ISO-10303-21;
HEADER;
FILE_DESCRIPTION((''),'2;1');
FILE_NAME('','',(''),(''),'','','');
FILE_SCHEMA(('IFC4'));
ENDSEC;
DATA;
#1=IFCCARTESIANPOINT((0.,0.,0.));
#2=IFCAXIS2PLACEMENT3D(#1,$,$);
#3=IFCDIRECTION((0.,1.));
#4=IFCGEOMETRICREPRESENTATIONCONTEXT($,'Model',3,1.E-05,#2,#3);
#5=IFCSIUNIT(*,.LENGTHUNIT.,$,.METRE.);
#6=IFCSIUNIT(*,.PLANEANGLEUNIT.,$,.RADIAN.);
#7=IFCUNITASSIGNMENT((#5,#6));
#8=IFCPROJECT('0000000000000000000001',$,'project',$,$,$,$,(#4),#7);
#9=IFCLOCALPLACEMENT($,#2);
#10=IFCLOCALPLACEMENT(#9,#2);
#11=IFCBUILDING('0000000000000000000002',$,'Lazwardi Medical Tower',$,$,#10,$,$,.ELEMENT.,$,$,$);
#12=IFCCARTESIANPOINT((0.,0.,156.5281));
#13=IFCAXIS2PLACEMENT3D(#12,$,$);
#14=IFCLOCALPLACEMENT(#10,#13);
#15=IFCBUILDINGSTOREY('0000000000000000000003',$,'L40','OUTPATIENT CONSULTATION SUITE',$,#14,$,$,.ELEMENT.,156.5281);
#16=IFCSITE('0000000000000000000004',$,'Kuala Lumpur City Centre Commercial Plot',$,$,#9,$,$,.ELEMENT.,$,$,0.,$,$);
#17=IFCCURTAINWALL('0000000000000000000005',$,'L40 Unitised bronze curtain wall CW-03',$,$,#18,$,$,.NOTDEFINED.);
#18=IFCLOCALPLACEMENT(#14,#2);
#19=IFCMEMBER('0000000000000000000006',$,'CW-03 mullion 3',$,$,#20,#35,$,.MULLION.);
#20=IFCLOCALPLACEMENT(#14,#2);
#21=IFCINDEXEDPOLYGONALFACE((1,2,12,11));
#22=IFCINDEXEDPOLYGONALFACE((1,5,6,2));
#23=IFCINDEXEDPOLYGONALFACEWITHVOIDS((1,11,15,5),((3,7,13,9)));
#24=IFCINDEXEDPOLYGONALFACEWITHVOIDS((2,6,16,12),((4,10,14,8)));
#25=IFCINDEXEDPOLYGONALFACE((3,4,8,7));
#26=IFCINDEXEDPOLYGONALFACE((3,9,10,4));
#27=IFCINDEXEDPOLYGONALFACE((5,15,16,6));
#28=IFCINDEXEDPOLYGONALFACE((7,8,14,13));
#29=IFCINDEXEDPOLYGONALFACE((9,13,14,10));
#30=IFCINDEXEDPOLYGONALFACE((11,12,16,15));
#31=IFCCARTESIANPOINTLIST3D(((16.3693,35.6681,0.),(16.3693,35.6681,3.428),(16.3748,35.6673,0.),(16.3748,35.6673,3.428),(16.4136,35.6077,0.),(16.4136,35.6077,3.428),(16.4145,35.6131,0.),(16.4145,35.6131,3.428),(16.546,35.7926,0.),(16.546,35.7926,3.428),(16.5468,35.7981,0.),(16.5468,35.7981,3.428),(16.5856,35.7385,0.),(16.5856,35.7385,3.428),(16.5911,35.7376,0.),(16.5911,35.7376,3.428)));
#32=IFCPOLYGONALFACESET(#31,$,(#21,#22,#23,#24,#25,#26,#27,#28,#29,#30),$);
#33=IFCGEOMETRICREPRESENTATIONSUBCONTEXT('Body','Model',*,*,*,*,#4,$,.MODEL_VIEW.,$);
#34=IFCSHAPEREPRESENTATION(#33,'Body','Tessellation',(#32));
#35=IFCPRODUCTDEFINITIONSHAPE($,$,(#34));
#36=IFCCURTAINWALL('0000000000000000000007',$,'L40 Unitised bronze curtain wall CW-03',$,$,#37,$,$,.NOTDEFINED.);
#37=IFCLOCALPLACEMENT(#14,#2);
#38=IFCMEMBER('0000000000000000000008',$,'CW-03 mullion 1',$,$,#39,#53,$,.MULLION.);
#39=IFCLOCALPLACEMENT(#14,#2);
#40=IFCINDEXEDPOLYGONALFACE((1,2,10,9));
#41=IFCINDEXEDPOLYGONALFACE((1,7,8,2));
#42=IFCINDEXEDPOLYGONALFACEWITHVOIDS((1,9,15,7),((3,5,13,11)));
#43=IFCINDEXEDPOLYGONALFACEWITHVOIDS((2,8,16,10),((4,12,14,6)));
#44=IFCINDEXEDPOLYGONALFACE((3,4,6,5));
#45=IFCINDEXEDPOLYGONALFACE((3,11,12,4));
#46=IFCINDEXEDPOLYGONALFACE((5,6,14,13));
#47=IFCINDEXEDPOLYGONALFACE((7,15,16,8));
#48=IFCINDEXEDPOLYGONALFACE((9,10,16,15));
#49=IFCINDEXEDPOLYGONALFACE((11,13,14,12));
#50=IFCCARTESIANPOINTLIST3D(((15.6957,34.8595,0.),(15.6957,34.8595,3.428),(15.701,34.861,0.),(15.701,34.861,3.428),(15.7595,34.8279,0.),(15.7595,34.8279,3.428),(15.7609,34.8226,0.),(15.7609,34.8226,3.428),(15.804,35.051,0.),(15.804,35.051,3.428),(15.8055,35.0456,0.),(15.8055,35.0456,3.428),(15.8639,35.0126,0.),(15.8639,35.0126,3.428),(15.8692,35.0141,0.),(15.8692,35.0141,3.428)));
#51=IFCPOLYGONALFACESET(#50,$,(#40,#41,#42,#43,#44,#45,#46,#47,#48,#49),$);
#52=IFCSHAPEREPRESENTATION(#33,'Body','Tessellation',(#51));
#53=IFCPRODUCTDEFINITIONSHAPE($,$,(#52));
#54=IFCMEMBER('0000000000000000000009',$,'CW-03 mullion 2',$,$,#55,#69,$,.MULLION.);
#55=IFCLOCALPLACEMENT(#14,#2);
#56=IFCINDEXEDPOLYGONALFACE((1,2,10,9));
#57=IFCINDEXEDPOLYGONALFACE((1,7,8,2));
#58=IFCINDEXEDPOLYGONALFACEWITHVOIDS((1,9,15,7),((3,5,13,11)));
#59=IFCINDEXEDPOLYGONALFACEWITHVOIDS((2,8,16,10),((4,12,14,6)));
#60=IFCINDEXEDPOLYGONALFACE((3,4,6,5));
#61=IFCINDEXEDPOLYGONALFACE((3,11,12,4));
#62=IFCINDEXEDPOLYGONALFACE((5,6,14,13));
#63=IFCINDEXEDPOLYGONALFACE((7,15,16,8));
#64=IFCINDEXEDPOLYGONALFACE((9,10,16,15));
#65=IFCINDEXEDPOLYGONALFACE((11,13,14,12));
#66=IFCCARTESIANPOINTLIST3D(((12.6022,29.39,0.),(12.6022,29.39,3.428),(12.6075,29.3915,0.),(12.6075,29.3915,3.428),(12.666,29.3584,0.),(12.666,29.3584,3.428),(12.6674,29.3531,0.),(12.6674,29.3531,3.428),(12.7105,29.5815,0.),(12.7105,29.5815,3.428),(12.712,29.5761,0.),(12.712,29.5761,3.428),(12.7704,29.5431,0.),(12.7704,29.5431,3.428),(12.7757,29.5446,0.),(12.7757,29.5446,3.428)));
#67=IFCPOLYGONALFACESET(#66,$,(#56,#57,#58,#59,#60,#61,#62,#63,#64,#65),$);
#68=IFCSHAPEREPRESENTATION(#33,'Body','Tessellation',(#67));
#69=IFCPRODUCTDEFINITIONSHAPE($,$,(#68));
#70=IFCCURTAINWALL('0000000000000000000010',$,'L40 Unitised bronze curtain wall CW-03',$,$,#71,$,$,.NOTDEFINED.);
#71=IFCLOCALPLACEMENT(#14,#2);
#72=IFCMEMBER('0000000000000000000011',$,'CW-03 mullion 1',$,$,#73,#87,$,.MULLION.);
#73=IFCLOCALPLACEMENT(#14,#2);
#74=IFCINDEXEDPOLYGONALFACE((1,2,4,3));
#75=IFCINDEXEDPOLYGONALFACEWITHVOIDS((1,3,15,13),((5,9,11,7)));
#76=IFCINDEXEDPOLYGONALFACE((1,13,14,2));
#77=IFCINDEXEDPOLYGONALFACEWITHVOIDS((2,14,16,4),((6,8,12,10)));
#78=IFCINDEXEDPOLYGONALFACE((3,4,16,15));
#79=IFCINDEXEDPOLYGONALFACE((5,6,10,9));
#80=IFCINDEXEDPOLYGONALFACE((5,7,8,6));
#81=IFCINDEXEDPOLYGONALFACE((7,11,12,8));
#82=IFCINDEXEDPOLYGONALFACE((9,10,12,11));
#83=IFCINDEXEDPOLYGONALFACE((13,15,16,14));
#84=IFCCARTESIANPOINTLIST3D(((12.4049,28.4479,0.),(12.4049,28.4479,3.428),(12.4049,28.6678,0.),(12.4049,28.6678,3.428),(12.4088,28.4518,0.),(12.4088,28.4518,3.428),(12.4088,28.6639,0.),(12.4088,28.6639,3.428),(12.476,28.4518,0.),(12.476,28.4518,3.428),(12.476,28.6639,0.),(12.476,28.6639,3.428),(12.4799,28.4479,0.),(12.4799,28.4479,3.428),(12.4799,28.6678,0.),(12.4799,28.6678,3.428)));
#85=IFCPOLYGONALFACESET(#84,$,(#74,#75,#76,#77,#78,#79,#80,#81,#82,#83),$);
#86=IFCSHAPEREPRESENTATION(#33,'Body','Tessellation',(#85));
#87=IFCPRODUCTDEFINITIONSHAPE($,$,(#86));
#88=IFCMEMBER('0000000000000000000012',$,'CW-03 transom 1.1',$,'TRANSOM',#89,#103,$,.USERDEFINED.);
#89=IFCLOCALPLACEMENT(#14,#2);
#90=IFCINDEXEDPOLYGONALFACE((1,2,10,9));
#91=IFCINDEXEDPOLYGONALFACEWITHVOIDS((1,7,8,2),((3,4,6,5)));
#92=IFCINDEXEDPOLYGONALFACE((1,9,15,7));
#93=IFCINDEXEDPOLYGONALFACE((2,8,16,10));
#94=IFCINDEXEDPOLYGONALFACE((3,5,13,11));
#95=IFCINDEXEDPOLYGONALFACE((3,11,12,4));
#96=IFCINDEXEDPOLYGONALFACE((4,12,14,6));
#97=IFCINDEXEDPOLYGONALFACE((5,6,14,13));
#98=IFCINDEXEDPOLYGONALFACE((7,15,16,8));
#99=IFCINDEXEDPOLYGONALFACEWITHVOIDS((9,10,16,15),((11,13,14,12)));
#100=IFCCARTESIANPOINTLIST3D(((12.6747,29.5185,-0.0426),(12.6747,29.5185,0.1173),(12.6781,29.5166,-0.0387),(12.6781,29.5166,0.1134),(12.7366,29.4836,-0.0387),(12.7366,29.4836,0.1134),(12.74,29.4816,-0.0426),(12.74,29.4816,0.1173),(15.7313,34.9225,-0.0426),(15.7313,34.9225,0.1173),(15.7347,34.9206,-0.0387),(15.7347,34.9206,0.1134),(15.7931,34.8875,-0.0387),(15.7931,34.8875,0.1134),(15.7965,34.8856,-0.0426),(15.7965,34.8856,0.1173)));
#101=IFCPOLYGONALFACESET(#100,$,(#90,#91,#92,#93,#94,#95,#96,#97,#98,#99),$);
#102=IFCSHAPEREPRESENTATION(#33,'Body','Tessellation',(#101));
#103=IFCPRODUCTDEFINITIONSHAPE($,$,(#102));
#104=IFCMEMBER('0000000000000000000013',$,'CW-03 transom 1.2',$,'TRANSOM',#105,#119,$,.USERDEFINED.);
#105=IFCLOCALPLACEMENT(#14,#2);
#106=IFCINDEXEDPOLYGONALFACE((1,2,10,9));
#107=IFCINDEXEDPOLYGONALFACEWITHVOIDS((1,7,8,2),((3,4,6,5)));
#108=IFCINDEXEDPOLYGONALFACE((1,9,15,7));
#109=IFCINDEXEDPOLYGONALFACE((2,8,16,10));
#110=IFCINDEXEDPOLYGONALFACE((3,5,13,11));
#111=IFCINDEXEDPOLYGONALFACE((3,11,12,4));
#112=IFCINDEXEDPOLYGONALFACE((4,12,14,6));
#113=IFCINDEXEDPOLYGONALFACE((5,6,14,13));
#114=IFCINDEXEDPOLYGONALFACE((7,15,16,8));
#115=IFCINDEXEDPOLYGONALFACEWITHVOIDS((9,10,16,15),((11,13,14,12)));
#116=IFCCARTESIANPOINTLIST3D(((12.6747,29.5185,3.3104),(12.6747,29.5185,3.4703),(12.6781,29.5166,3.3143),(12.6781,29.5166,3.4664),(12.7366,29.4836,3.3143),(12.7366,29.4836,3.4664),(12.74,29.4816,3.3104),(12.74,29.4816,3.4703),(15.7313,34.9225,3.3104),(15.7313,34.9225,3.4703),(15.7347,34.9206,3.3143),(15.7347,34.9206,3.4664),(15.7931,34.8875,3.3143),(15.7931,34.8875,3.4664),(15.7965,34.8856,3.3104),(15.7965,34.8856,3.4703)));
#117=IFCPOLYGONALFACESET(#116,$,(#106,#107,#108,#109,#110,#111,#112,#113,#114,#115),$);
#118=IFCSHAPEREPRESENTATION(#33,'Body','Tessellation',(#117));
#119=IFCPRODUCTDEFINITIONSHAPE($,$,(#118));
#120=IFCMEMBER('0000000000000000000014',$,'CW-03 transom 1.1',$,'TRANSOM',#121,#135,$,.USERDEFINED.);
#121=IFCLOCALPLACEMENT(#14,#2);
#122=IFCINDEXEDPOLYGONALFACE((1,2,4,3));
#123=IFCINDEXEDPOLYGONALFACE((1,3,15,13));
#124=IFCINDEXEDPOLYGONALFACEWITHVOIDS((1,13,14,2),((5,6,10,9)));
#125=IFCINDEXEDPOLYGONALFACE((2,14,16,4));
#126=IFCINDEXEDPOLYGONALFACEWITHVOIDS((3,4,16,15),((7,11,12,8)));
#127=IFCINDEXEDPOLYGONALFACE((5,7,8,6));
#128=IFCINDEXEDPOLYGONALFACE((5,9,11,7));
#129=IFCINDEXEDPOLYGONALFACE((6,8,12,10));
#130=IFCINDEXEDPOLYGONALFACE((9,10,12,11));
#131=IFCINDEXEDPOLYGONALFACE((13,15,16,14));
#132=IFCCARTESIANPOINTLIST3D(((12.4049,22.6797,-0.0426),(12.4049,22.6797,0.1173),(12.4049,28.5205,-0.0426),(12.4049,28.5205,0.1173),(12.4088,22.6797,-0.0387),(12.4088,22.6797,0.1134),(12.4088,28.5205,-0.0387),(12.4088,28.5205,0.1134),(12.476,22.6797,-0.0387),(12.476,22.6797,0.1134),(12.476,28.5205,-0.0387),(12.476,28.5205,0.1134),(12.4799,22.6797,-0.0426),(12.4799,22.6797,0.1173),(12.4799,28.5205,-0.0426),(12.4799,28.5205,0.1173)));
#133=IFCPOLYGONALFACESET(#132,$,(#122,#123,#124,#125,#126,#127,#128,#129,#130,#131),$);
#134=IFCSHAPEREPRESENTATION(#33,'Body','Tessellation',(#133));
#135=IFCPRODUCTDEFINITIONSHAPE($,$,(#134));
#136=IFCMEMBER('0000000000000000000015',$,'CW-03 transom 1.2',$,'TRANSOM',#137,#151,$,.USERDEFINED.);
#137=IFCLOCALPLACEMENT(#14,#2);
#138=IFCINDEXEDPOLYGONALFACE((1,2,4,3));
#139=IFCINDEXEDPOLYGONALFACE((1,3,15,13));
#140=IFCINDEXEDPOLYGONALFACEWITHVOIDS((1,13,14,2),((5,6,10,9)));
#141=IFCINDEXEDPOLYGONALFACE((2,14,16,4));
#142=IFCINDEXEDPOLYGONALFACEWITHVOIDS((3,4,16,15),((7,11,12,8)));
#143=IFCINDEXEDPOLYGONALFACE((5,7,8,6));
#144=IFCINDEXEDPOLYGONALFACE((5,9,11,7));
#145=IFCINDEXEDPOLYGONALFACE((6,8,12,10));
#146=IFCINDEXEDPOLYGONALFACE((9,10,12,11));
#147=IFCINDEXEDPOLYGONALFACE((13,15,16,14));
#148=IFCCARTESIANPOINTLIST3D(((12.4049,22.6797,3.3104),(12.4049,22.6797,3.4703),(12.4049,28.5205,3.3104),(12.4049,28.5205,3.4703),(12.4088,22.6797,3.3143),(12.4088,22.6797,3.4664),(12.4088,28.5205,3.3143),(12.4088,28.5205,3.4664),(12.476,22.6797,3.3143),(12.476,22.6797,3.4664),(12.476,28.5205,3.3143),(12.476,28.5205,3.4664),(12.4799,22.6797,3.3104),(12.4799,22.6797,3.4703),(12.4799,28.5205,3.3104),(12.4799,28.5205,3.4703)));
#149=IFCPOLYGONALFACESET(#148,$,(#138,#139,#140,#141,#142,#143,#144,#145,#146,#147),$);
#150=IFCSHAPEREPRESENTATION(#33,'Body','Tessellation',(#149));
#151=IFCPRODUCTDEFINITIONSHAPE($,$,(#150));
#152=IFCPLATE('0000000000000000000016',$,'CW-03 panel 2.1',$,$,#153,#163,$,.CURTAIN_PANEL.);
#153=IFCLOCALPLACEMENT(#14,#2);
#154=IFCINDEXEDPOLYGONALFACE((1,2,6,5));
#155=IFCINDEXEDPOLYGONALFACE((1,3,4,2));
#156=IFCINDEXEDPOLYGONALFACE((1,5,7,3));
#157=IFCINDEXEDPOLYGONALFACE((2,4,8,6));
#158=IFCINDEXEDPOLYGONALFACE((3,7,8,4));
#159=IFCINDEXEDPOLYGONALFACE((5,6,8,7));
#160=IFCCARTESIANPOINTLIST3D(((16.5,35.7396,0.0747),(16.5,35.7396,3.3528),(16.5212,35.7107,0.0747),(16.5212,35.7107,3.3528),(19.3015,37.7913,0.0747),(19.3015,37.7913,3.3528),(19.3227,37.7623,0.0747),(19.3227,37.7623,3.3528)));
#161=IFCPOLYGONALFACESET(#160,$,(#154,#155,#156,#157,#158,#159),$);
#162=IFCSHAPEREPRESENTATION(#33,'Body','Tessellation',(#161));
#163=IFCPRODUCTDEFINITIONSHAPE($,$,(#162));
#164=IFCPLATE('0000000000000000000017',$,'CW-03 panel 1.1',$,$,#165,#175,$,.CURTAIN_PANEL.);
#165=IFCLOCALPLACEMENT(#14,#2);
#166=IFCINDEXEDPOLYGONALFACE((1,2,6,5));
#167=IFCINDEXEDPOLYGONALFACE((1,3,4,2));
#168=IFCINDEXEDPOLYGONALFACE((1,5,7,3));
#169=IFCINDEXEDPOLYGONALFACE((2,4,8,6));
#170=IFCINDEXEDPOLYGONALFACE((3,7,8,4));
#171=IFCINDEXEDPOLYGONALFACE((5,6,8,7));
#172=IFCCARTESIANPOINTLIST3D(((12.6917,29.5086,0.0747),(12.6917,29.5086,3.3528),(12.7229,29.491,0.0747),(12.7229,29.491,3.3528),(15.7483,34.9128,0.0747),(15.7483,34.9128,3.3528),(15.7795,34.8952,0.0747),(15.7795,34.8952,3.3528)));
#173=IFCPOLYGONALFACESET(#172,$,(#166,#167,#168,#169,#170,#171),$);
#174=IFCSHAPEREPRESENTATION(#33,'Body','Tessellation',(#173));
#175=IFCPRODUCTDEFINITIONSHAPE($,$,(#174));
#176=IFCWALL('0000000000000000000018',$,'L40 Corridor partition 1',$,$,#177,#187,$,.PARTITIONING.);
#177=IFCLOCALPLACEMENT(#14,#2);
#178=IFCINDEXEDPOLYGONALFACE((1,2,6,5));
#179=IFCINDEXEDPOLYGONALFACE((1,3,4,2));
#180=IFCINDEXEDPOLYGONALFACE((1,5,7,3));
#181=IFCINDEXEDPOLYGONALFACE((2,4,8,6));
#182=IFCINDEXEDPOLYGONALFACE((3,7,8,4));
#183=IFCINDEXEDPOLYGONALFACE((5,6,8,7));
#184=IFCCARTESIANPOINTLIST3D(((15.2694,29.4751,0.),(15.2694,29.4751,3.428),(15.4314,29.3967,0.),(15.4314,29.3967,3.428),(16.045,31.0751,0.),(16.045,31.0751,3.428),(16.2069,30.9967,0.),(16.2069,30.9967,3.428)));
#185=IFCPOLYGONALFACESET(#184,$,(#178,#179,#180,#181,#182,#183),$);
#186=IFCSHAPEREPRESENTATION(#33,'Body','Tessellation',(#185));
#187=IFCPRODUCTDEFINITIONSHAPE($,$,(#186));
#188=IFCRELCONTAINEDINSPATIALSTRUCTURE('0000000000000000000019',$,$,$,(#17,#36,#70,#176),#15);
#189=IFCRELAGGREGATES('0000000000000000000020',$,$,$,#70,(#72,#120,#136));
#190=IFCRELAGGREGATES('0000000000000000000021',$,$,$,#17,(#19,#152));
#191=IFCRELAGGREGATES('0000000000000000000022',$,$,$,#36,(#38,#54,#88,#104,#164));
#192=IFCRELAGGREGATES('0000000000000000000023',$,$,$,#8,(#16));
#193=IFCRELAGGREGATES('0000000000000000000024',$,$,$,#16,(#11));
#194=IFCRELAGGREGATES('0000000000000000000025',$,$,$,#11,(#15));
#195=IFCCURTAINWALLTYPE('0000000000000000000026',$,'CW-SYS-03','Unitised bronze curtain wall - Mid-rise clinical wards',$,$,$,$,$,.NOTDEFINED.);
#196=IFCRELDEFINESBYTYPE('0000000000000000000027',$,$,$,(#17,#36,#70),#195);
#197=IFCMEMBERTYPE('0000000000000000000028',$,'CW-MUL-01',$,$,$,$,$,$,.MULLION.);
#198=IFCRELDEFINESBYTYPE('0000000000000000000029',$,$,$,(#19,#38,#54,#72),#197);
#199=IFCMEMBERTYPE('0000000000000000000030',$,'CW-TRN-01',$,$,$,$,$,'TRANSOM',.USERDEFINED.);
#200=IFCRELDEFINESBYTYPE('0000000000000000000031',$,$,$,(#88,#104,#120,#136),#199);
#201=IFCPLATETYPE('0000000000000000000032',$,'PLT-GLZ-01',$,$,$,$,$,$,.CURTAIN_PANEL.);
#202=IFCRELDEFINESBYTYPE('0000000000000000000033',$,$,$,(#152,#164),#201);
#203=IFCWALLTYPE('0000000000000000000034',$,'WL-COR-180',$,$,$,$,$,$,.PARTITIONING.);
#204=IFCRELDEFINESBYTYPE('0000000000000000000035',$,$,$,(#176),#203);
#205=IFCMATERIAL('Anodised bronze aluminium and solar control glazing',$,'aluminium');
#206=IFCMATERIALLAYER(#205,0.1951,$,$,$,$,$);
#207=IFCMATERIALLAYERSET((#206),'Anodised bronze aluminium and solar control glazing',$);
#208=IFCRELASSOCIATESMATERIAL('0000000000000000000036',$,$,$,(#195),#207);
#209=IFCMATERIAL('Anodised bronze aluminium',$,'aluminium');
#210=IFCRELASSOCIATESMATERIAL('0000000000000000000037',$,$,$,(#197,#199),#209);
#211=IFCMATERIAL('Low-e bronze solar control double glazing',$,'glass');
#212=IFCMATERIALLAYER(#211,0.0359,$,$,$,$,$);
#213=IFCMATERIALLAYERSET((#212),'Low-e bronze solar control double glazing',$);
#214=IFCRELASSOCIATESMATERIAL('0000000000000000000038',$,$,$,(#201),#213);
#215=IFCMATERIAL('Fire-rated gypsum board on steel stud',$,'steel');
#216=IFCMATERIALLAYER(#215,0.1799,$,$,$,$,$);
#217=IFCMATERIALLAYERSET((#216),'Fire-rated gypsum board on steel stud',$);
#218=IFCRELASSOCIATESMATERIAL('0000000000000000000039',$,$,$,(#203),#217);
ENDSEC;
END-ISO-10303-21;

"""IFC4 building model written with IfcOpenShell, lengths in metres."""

from ifc_helpers import new_model, si_unit, direction, frame, frame_2d, origin, origin_2d, place, context, subcontext, project, spatial, rectangle, hollow_rectangle, extrude, material, layer, layer_set, material_profile, profile_set, type_object, element, aggregate, save


model = new_model("IFC4")

# Units and contexts
model_context = context("Model", 3, precision=1e-05, world=origin(), true_north=direction((0.0, 1.0)))
body_context = subcontext(model_context, "Body", "Model", "MODEL_VIEW")
ifc_project = project(units=[si_unit("LENGTHUNIT", "METRE"), si_unit("PLANEANGLEUNIT", "RADIAN")], contexts=[model_context])

# Site, building, storey
site_placement = place(None, origin())
site = spatial("IfcSite", under=ifc_project, at=site_placement, Name="Kuala Lumpur City Centre Commercial Plot", CompositionType="ELEMENT", RefElevation=0.0)
building_placement = place(site_placement, origin())
building = spatial("IfcBuilding", under=site, at=building_placement, Name="Lazwardi Medical Tower", CompositionType="ELEMENT")
storey_placement = place(building_placement, frame((0.0, 0.0, 156.5281)))
storey = spatial("IfcBuildingStorey", under=building, at=storey_placement, Name="L40", Description="OUTPATIENT CONSULTATION SUITE", CompositionType="ELEMENT", Elevation=156.5281)

# Curtain wall, member
ifc_material_1 = material(Name="Anodised bronze aluminium and solar control glazing", Category="aluminium")
ifc_layer_1 = layer(ifc_material_1, 0.1951)
ifc_layer_set_1 = layer_set([ifc_layer_1], Name="Anodised bronze aluminium and solar control glazing")
curtain_wall_type = type_object("IfcCurtainWallType", Name="CW-SYS-03", Description="Unitised bronze curtain wall - Mid-rise clinical wards", PredefinedType="NOTDEFINED", material=ifc_layer_set_1)
curtain_wall_1_placement = place(storey_placement, origin())
curtain_wall_1 = element("IfcCurtainWall", 1, at=curtain_wall_1_placement, inside=storey, type_object=curtain_wall_type, Name="L40 Unitised bronze curtain wall CW-03", PredefinedType="NOTDEFINED")
ifc_material_2 = material(Name="Anodised bronze aluminium", Category="aluminium")
ifc_material_profile_1 = material_profile(ifc_material_2, hollow_rectangle(XDim=0.075, YDim=0.22, WallThickness=0.0039, at=origin_2d()), Name="ALU-MULLION 220x75x4")
ifc_profile_set_1 = profile_set([ifc_material_profile_1], Name="Anodised bronze aluminium")
member_type_1 = type_object("IfcMemberType", Name="CW-MUL-01", PredefinedType="MULLION", material=ifc_profile_set_1)
member_1_placement = place(storey_placement, frame((16.4802, 35.7029, 0.0), z_axis=(0.0, 0.0, 1.0), x_axis=(0.590834, -0.806793, 0.0)))
member_1 = element("IfcMember", 2, at=member_1_placement, type_object=member_type_1, Name="CW-03 mullion 3", PredefinedType="MULLION", context=body_context, shape_type="SweptSolid", body=[
    extrude(hollow_rectangle(XDim=0.075, YDim=0.22, WallThickness=0.0039, at=origin_2d()), origin(), (0.0, 0.0, 1.0), 3.428),
])

# Curtain wall, members
curtain_wall_2_placement = place(storey_placement, origin())
curtain_wall_2 = element("IfcCurtainWall", 3, at=curtain_wall_2_placement, inside=storey, type_object=curtain_wall_type, Name="L40 Unitised bronze curtain wall CW-03", PredefinedType="NOTDEFINED")
member_2_placement = place(storey_placement, frame((15.7825, 34.9368, 0.0), z_axis=(0.0, 0.0, 1.0), x_axis=(0.870419, -0.492312, 0.0)))
member_2 = element("IfcMember", 4, at=member_2_placement, type_object=member_type_1, Name="CW-03 mullion 1", PredefinedType="MULLION", context=body_context, shape_type="SweptSolid", body=[
    extrude(hollow_rectangle(XDim=0.075, YDim=0.22, WallThickness=0.0039, at=origin_2d()), origin(), (0.0, 0.0, 1.0), 3.428),
])
member_3_placement = place(storey_placement, frame((12.689, 29.4673, 0.0), z_axis=(0.0, 0.0, 1.0), x_axis=(0.870419, -0.492312, 0.0)))
member_3 = element("IfcMember", 5, at=member_3_placement, type_object=member_type_1, Name="CW-03 mullion 2", PredefinedType="MULLION", context=body_context, shape_type="SweptSolid", body=[
    extrude(hollow_rectangle(XDim=0.075, YDim=0.22, WallThickness=0.0039, at=origin_2d()), origin(), (0.0, 0.0, 1.0), 3.428),
])

# Curtain wall, member
curtain_wall_3_placement = place(storey_placement, origin())
curtain_wall_3 = element("IfcCurtainWall", 6, at=curtain_wall_3_placement, inside=storey, type_object=curtain_wall_type, Name="L40 Unitised bronze curtain wall CW-03", PredefinedType="NOTDEFINED")
member_4_placement = place(storey_placement, frame((12.4424, 28.5579, 0.0), z_axis=(0.0, 0.0, 1.0), x_axis=(1.0, 0.0, 0.0)))
member_4 = element("IfcMember", 7, at=member_4_placement, type_object=member_type_1, Name="CW-03 mullion 1", PredefinedType="MULLION", context=body_context, shape_type="SweptSolid", body=[
    extrude(hollow_rectangle(XDim=0.075, YDim=0.22, WallThickness=0.0039, at=origin_2d()), origin(), (0.0, 0.0, 1.0), 3.428),
])

# Members
ifc_material_profile_2 = material_profile(ifc_material_2, hollow_rectangle(XDim=0.075, YDim=0.1599, WallThickness=0.0039, at=origin_2d()), Name="ALU-TRANSOM 160x75x4")
ifc_profile_set_2 = profile_set([ifc_material_profile_2], Name="Anodised bronze aluminium")
member_type_2 = type_object("IfcMemberType", Name="CW-TRN-01", ElementType="TRANSOM", PredefinedType="USERDEFINED", material=ifc_profile_set_2)
member_5_placement = place(storey_placement, frame((15.7639, 34.9041, 0.0374), z_axis=(-0.492323, -0.870413, 0.0), x_axis=(0.870413, -0.492323, 0.0)))
member_5 = element("IfcMember", 8, at=member_5_placement, type_object=member_type_2, Name="CW-03 transom 1.1", ObjectType="TRANSOM", PredefinedType="USERDEFINED", context=body_context, shape_type="SweptSolid", body=[
    extrude(hollow_rectangle(XDim=0.075, YDim=0.1599, WallThickness=0.0039, at=origin_2d()), origin(), (0.0, 0.0, 1.0), 6.2085),
])
member_6_placement = place(storey_placement, frame((15.7639, 34.9041, 3.3904), z_axis=(-0.492323, -0.870413, 0.0), x_axis=(0.870413, -0.492323, 0.0)))
member_6 = element("IfcMember", 9, at=member_6_placement, type_object=member_type_2, Name="CW-03 transom 1.2", ObjectType="TRANSOM", PredefinedType="USERDEFINED", context=body_context, shape_type="SweptSolid", body=[
    extrude(hollow_rectangle(XDim=0.075, YDim=0.1599, WallThickness=0.0039, at=origin_2d()), origin(), (0.0, 0.0, 1.0), 6.2085),
])
member_7_placement = place(storey_placement, frame((12.4424, 28.5205, 0.0374), z_axis=(0.0, -1.0, 0.0), x_axis=(1.0, 0.0, 0.0)))
member_7 = element("IfcMember", 10, at=member_7_placement, type_object=member_type_2, Name="CW-03 transom 1.1", ObjectType="TRANSOM", PredefinedType="USERDEFINED", context=body_context, shape_type="SweptSolid", body=[
    extrude(hollow_rectangle(XDim=0.075, YDim=0.1599, WallThickness=0.0039, at=origin_2d()), origin(), (0.0, 0.0, 1.0), 5.8408),
])
member_8_placement = place(storey_placement, frame((12.4424, 28.5205, 3.3904), z_axis=(0.0, -1.0, 0.0), x_axis=(1.0, 0.0, 0.0)))
member_8 = element("IfcMember", 11, at=member_8_placement, type_object=member_type_2, Name="CW-03 transom 1.2", ObjectType="TRANSOM", PredefinedType="USERDEFINED", context=body_context, shape_type="SweptSolid", body=[
    extrude(hollow_rectangle(XDim=0.075, YDim=0.1599, WallThickness=0.0039, at=origin_2d()), origin(), (0.0, 0.0, 1.0), 5.8408),
])
aggregate(curtain_wall_3, [member_4, member_7, member_8])

# Plates
ifc_material_3 = material(Name="Low-e bronze solar control double glazing", Category="glass")
ifc_layer_2 = layer(ifc_material_3, 0.0359)
ifc_layer_set_2 = layer_set([ifc_layer_2], Name="Low-e bronze solar control double glazing")
plate_type = type_object("IfcPlateType", Name="PLT-GLZ-01", PredefinedType="CURTAIN_PANEL", material=ifc_layer_set_2)
plate_1_placement = place(storey_placement, frame((17.9114, 36.751, 0.0747), z_axis=(0.0, 0.0, 1.0), x_axis=(-0.806793, -0.590834, 0.0)))
plate_1 = element("IfcPlate", 12, at=plate_1_placement, type_object=plate_type, Name="CW-03 panel 2.1", PredefinedType="CURTAIN_PANEL", context=body_context, shape_type="SweptSolid", body=[
    extrude(rectangle(XDim=3.4724, YDim=0.0359, at=origin_2d()), origin(), (0.0, 0.0, 1.0), 3.2781),
])
aggregate(curtain_wall_1, [member_1, plate_1])
plate_2_placement = place(storey_placement, frame((14.2356, 32.2019, 0.0747), z_axis=(0.0, 0.0, 1.0), x_axis=(-0.492312, -0.870419, 0.0)))
plate_2 = element("IfcPlate", 13, at=plate_2_placement, type_object=plate_type, Name="CW-03 panel 1.1", PredefinedType="CURTAIN_PANEL", context=body_context, shape_type="SweptSolid", body=[
    extrude(rectangle(XDim=6.2087, YDim=0.0359, at=origin_2d()), origin(), (0.0, 0.0, 1.0), 3.2781),
])
aggregate(curtain_wall_2, [member_2, member_3, member_5, member_6, plate_2])

# Wall
ifc_material_4 = material(Name="Fire-rated gypsum board on steel stud", Category="steel")
ifc_layer_3 = layer(ifc_material_4, 0.1799)
ifc_layer_set_3 = layer_set([ifc_layer_3], Name="Fire-rated gypsum board on steel stud")
wall_type_1 = type_object("IfcWallType", Name="WL-COR-180", PredefinedType="PARTITIONING", material=ifc_layer_set_3)
wall_1_placement = place(storey_placement, frame((15.3503, 29.4358, 0.0), z_axis=(0.0, 0.0, 1.0), x_axis=(0.436196, 0.899852, 0.0)))
element("IfcWall", 14, at=wall_1_placement, inside=storey, type_object=wall_type_1, Name="L40 Corridor partition 1", PredefinedType="PARTITIONING", context=body_context, shape_type="SweptSolid", body=[
    extrude(rectangle(XDim=1.7781, YDim=0.1799, at=frame_2d((0.8892, 0.0))), origin(), (0.0, 0.0, 1.0), 3.428),
])

save(model, "model.ifc")
